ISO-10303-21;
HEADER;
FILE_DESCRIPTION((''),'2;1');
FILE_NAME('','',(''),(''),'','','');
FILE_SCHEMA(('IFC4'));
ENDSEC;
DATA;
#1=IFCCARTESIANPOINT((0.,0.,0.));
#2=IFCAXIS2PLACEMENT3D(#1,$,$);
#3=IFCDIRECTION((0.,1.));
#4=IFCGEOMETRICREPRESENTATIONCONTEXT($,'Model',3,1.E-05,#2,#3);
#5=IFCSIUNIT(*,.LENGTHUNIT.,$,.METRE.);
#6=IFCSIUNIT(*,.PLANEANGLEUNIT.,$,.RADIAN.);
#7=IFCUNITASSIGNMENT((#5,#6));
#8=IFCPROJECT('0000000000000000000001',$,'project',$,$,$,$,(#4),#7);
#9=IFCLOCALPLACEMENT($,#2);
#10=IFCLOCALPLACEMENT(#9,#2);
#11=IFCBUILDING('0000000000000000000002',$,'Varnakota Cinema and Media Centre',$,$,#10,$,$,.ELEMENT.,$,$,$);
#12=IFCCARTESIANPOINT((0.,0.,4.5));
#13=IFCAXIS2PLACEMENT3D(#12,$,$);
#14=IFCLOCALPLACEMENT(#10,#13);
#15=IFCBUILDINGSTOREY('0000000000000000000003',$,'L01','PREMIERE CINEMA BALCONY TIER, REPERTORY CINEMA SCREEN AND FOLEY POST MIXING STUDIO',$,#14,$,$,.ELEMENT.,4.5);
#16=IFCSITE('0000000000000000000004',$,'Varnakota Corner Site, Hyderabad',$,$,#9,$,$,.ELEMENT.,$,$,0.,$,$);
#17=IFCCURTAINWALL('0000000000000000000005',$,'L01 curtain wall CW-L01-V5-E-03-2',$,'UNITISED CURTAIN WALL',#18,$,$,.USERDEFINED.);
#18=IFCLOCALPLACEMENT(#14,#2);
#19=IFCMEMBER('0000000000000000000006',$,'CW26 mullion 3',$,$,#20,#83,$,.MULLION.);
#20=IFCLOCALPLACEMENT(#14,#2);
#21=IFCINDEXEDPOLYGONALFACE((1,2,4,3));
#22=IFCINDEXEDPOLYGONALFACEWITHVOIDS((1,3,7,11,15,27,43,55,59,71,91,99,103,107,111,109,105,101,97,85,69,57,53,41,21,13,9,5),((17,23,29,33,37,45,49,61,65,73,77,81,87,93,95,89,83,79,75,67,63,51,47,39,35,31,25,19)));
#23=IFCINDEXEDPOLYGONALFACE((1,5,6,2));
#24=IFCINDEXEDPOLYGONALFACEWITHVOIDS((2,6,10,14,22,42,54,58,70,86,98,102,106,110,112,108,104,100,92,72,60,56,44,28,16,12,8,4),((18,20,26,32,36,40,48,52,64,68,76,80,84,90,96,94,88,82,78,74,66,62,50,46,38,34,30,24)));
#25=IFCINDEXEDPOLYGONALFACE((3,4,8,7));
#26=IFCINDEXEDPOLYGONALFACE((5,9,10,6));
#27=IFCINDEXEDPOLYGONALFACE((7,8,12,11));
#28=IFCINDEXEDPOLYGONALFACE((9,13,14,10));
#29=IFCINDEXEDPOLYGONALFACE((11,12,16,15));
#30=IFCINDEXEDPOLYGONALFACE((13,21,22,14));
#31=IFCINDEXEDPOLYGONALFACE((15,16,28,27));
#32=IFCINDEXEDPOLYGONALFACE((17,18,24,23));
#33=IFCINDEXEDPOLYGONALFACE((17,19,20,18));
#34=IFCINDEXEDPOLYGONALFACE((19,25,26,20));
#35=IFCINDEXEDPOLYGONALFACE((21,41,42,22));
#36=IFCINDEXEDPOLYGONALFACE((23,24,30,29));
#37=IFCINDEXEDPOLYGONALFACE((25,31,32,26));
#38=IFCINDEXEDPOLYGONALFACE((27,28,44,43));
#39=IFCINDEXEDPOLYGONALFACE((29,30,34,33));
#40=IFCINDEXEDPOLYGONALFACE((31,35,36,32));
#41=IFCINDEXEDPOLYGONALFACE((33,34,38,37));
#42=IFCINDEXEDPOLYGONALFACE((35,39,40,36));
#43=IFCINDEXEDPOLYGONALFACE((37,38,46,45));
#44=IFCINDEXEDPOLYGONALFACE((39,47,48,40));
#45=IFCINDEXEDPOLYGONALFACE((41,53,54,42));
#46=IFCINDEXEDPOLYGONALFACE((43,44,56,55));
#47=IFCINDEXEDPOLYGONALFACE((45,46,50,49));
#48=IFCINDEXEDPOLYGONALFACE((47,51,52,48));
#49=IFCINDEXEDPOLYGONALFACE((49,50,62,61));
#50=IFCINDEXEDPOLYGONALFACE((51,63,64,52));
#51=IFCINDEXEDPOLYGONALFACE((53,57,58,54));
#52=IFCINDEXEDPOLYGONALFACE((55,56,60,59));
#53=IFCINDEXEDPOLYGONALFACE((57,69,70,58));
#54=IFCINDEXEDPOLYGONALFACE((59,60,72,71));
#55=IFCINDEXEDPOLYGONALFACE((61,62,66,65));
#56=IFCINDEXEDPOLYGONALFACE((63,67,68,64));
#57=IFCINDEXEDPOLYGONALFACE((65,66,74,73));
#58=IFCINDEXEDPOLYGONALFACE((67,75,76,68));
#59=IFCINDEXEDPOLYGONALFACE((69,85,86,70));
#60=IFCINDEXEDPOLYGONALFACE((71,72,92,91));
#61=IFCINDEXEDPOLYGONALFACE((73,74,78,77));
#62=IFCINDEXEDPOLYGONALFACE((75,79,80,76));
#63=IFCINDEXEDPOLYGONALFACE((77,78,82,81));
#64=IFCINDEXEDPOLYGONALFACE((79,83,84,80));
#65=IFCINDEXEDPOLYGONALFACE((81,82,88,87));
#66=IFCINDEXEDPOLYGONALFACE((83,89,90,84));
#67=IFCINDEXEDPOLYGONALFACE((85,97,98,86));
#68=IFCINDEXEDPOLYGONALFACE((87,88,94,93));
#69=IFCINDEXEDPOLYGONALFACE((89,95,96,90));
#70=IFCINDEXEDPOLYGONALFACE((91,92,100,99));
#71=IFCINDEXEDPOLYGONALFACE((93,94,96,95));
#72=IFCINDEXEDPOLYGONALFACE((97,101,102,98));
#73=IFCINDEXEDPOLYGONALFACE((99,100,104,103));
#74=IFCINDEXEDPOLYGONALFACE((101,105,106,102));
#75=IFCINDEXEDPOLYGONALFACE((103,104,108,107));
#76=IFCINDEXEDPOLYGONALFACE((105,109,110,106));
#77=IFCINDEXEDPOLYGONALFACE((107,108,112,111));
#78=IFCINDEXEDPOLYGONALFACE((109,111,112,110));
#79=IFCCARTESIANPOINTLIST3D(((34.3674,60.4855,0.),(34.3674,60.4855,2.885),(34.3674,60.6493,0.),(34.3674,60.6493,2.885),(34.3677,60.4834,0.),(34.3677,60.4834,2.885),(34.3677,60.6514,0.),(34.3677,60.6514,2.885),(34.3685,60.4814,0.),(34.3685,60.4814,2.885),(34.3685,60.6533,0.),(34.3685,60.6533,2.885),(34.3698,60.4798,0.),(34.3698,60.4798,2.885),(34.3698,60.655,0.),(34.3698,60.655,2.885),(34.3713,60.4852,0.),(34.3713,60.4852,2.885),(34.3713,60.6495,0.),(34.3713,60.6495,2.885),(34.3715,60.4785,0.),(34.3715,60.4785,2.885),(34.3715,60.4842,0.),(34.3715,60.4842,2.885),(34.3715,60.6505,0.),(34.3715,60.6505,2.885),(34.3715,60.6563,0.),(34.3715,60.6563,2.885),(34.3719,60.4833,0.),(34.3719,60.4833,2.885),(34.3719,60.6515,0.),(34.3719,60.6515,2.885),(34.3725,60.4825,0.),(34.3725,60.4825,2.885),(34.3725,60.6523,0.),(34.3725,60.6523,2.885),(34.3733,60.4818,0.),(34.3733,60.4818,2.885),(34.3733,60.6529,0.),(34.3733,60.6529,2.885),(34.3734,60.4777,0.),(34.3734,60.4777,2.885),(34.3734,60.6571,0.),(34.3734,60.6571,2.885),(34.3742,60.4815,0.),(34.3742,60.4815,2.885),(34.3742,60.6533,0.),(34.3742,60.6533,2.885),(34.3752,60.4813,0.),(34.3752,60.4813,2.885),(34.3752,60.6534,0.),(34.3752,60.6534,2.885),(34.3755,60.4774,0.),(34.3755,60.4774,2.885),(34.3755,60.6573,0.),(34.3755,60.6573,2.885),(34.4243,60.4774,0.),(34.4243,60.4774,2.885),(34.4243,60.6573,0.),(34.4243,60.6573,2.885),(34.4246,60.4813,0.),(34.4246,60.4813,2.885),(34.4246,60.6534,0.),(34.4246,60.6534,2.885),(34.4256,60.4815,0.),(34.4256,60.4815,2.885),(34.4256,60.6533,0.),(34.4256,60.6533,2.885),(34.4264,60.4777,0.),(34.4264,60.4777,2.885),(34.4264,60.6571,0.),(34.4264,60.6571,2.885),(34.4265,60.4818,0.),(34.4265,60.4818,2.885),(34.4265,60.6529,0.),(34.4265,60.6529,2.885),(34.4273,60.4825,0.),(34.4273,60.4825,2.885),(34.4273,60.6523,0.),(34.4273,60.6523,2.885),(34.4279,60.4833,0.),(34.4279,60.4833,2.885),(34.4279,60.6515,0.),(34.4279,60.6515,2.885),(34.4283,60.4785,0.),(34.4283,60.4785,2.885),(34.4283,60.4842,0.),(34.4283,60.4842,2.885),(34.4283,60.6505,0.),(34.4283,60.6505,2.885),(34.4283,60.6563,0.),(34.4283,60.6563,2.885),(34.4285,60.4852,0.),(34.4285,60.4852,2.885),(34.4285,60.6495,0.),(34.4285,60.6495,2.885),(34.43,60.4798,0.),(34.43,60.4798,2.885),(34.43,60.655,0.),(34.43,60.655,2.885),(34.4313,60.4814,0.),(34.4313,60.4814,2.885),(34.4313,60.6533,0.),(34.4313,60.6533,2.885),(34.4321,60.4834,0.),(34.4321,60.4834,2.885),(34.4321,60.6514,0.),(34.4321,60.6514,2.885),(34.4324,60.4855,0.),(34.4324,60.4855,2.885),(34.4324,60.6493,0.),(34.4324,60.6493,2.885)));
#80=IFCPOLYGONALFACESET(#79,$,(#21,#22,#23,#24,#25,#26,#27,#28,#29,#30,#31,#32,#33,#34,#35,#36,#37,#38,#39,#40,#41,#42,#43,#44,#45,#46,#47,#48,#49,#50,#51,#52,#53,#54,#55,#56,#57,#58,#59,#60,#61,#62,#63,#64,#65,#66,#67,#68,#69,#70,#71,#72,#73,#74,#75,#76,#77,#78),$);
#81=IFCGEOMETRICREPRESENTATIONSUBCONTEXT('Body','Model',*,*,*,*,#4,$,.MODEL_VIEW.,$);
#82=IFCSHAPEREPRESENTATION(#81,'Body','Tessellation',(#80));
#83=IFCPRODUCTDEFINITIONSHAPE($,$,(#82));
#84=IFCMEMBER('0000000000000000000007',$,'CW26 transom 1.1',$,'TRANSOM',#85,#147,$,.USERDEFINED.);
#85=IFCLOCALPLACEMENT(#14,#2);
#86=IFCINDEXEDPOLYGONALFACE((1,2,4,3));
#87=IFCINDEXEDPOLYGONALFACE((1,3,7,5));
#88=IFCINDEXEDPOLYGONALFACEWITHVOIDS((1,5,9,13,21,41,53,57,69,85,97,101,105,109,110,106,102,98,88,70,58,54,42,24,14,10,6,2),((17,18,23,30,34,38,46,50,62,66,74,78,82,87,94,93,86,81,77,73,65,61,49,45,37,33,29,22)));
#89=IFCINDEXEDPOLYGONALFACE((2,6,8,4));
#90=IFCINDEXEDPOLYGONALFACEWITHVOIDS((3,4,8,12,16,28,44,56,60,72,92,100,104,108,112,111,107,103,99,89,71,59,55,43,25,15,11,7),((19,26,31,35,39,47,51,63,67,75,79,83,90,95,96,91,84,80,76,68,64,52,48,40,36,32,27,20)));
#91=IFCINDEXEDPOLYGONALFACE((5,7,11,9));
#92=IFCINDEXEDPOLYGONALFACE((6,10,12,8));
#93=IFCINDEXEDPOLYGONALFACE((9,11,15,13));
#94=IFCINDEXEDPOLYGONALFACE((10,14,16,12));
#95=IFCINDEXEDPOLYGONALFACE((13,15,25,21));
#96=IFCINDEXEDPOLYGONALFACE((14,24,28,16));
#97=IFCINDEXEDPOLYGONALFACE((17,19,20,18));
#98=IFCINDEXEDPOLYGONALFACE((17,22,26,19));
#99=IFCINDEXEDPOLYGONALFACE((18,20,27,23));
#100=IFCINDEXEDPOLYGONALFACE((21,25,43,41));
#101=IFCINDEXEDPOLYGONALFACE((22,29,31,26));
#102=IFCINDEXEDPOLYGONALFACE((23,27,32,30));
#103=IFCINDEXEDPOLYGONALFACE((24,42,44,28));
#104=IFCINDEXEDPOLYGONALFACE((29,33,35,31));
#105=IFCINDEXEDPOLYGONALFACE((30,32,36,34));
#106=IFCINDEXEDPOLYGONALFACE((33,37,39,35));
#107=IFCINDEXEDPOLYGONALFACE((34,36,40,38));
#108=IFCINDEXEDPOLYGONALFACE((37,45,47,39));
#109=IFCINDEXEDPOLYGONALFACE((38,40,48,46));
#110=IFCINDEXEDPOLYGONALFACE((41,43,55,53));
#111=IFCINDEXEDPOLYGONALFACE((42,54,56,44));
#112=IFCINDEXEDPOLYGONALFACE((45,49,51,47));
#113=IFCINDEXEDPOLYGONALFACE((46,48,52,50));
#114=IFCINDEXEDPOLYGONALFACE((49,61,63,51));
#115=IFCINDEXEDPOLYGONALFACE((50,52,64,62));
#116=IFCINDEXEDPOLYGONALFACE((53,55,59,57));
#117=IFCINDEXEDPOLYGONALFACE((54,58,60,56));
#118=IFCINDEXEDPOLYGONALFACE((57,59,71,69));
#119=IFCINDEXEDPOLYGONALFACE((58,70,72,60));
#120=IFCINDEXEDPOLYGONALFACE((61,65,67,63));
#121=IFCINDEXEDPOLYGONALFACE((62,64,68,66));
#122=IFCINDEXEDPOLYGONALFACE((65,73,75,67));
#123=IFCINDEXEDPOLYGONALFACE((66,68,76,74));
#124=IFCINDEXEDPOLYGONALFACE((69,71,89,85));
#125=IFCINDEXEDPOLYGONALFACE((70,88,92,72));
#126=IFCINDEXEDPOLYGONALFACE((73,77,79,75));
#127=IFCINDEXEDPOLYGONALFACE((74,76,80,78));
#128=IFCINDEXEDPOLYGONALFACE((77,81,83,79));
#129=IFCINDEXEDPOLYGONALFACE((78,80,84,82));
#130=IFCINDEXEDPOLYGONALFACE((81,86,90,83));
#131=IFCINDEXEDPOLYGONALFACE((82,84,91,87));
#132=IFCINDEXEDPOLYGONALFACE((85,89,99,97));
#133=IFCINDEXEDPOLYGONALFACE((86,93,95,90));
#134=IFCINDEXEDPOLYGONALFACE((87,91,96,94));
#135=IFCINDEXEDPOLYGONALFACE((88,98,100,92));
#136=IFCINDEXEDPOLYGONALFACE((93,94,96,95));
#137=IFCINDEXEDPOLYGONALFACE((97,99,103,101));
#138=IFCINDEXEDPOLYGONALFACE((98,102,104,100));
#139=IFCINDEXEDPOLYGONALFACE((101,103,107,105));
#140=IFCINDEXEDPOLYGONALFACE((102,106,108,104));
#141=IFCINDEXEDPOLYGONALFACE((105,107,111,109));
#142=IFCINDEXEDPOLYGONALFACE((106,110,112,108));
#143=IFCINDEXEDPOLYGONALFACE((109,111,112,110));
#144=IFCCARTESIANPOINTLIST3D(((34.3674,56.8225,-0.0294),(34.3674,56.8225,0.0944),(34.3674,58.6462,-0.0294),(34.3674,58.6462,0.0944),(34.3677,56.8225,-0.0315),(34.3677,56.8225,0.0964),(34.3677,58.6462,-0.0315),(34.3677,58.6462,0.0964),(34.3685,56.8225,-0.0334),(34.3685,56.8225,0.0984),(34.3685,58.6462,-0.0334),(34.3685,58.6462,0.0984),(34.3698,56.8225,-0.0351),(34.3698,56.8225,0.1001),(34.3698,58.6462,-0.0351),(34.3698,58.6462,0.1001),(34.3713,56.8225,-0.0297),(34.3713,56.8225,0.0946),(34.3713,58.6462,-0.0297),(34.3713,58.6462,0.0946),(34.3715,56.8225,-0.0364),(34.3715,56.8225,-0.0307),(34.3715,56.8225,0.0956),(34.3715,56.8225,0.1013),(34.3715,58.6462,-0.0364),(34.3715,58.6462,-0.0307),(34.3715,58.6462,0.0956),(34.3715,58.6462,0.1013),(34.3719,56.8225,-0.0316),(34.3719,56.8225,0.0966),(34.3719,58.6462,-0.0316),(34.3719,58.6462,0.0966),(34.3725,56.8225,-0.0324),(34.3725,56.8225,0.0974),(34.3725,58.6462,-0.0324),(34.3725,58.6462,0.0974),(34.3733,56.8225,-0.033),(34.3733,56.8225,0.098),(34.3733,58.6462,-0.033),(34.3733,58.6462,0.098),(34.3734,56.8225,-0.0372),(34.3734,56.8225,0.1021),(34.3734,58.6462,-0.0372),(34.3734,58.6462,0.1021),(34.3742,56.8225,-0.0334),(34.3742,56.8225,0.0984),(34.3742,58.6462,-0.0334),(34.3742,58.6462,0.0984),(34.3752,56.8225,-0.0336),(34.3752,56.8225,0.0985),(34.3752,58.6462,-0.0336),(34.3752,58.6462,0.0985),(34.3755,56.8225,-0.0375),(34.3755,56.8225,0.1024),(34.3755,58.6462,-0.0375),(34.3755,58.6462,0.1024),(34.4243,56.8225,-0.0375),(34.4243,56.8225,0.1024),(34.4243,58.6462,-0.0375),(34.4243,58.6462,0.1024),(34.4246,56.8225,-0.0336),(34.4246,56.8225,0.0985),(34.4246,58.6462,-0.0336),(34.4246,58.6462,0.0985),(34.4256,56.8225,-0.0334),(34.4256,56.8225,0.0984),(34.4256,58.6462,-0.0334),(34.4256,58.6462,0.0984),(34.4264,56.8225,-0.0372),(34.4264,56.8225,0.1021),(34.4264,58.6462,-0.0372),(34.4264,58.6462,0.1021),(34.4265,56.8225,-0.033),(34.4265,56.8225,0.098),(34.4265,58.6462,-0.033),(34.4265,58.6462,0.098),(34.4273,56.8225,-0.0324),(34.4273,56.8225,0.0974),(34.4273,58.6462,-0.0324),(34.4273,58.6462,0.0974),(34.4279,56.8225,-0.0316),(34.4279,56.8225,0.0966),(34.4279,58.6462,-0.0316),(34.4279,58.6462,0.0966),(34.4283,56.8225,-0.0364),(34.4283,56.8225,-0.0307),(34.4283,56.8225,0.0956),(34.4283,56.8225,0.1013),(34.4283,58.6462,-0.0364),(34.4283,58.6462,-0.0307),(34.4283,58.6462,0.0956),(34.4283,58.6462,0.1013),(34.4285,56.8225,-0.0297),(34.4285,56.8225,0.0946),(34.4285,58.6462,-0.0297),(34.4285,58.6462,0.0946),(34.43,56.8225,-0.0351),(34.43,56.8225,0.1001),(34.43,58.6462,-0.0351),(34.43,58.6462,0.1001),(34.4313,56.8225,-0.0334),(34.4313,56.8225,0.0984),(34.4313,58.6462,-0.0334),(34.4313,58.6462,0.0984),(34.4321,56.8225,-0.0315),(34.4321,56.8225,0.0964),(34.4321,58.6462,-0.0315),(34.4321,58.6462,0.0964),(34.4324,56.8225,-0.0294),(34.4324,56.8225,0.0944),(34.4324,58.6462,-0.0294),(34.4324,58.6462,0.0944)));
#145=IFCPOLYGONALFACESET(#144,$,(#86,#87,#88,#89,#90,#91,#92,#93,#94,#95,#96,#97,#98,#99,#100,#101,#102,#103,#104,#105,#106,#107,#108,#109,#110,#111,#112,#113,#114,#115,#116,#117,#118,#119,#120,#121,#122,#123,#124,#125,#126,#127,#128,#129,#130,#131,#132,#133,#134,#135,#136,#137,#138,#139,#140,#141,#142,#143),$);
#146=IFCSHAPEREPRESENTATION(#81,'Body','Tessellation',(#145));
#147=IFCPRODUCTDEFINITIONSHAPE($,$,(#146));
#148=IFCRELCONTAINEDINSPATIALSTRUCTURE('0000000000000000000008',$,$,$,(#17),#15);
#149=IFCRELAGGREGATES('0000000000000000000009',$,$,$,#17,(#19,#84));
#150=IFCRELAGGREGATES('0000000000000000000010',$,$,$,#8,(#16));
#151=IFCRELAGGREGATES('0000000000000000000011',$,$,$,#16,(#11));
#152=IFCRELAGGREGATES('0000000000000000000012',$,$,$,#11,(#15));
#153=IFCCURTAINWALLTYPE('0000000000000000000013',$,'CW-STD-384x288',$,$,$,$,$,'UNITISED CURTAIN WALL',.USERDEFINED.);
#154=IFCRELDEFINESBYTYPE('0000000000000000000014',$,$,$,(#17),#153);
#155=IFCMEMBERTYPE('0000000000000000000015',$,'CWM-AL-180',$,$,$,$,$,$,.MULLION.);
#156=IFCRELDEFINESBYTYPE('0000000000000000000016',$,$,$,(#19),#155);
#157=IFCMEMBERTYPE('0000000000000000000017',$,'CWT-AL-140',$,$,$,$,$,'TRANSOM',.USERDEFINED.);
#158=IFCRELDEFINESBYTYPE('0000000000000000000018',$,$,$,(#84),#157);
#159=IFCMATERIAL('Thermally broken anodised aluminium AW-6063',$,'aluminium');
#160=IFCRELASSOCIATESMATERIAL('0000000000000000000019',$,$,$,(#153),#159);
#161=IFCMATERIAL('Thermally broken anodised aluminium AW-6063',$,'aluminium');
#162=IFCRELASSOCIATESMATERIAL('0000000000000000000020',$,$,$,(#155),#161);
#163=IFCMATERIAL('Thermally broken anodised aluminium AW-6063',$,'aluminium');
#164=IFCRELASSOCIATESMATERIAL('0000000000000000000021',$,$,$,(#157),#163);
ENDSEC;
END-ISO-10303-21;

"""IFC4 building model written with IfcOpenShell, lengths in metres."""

from ifc_helpers import new_model, si_unit, direction, frame, origin, origin_2d, place, context, subcontext, project, spatial, hollow_rectangle, extrude, material, material_profile, profile_set, type_object, element, aggregate, save


model = new_model("IFC4")

# Units and contexts
model_context = context("Model", 3, precision=1e-05, world=origin(), true_north=direction((0.0, 1.0)))
body_context = subcontext(model_context, "Body", "Model", "MODEL_VIEW")
ifc_project = project(units=[si_unit("LENGTHUNIT", "METRE"), si_unit("PLANEANGLEUNIT", "RADIAN")], contexts=[model_context])

# Site, building, storey
site_placement = place(None, origin())
site = spatial("IfcSite", under=ifc_project, at=site_placement, Name="Varnakota Corner Site, Hyderabad", CompositionType="ELEMENT", RefElevation=0.0)
building_placement = place(site_placement, origin())
building = spatial("IfcBuilding", under=site, at=building_placement, Name="Varnakota Cinema and Media Centre", CompositionType="ELEMENT")
storey_placement = place(building_placement, frame((0.0, 0.0, 4.5)))
storey = spatial("IfcBuildingStorey", under=building, at=storey_placement, Name="L01", Description="PREMIERE CINEMA BALCONY TIER, REPERTORY CINEMA SCREEN AND FOLEY POST MIXING STUDIO", CompositionType="ELEMENT", Elevation=4.5)

# Shared definitions
ifc_material_1 = material(Name="Thermally broken anodised aluminium AW-6063", Category="aluminium")
curtain_wall_type = type_object("IfcCurtainWallType", Name="CW-STD-384x288", ElementType="UNITISED CURTAIN WALL", PredefinedType="USERDEFINED", material=ifc_material_1)
ifc_material_2 = material(Name="Thermally broken anodised aluminium AW-6063", Category="aluminium")
ifc_material_profile_1 = material_profile(ifc_material_2, hollow_rectangle(XDim=0.0649, YDim=0.1799, WallThickness=0.0039, InnerFilletRadius=0.0039, OuterFilletRadius=0.0081, at=origin_2d()), Name="AL-MULLION 180x65x4")
ifc_profile_set_1 = profile_set([ifc_material_profile_1], Name="Thermally broken anodised aluminium AW-6063")
member_type_1 = type_object("IfcMemberType", Name="CWM-AL-180", PredefinedType="MULLION", material=ifc_profile_set_1)

# Curtain wall, members
curtain_wall_1_placement = place(storey_placement, origin())
curtain_wall_1 = element("IfcCurtainWall", 1, at=curtain_wall_1_placement, inside=storey, type_object=curtain_wall_type, Name="L01 curtain wall CW-L01-V5-E-03-2", ObjectType="UNITISED CURTAIN WALL", PredefinedType="USERDEFINED")
member_1_placement = place(storey_placement, frame((34.3999, 60.5674, 0.0), z_axis=(0.0, 0.0, 1.0), x_axis=(-1.0, 0.0, 0.0)))
member_1 = element("IfcMember", 2, at=member_1_placement, type_object=member_type_1, Name="CW26 mullion 3", PredefinedType="MULLION", context=body_context, shape_type="SweptSolid", body=[
    extrude(hollow_rectangle(XDim=0.0649, YDim=0.1799, WallThickness=0.0039, InnerFilletRadius=0.0039, OuterFilletRadius=0.0081, at=origin_2d()), origin(), (0.0, 0.0, 1.0), 2.885),
])
ifc_material_3 = material(Name="Thermally broken anodised aluminium AW-6063", Category="aluminium")
ifc_material_profile_2 = material_profile(ifc_material_3, hollow_rectangle(XDim=0.0649, YDim=0.1399, WallThickness=0.0039, InnerFilletRadius=0.0039, OuterFilletRadius=0.0081, at=origin_2d()), Name="AL-TRANSOM 140x65x4")
ifc_profile_set_2 = profile_set([ifc_material_profile_2], Name="Thermally broken anodised aluminium AW-6063")
member_type_2 = type_object("IfcMemberType", Name="CWT-AL-140", ElementType="TRANSOM", PredefinedType="USERDEFINED", material=ifc_profile_set_2)
member_2_placement = place(storey_placement, frame((34.3999, 56.8225, 0.0325), z_axis=(0.0, 1.0, 0.0), x_axis=(-1.0, 0.0, 0.0)))
member_2 = element("IfcMember", 3, at=member_2_placement, type_object=member_type_2, Name="CW26 transom 1.1", ObjectType="TRANSOM", PredefinedType="USERDEFINED", context=body_context, shape_type="SweptSolid", body=[
    extrude(hollow_rectangle(XDim=0.0649, YDim=0.1399, WallThickness=0.0039, InnerFilletRadius=0.0039, OuterFilletRadius=0.0081, at=origin_2d()), origin(), (0.0, 0.0, 1.0), 1.8237),
])

aggregate(curtain_wall_1, [member_1, member_2])

save(model, "model.ifc")
